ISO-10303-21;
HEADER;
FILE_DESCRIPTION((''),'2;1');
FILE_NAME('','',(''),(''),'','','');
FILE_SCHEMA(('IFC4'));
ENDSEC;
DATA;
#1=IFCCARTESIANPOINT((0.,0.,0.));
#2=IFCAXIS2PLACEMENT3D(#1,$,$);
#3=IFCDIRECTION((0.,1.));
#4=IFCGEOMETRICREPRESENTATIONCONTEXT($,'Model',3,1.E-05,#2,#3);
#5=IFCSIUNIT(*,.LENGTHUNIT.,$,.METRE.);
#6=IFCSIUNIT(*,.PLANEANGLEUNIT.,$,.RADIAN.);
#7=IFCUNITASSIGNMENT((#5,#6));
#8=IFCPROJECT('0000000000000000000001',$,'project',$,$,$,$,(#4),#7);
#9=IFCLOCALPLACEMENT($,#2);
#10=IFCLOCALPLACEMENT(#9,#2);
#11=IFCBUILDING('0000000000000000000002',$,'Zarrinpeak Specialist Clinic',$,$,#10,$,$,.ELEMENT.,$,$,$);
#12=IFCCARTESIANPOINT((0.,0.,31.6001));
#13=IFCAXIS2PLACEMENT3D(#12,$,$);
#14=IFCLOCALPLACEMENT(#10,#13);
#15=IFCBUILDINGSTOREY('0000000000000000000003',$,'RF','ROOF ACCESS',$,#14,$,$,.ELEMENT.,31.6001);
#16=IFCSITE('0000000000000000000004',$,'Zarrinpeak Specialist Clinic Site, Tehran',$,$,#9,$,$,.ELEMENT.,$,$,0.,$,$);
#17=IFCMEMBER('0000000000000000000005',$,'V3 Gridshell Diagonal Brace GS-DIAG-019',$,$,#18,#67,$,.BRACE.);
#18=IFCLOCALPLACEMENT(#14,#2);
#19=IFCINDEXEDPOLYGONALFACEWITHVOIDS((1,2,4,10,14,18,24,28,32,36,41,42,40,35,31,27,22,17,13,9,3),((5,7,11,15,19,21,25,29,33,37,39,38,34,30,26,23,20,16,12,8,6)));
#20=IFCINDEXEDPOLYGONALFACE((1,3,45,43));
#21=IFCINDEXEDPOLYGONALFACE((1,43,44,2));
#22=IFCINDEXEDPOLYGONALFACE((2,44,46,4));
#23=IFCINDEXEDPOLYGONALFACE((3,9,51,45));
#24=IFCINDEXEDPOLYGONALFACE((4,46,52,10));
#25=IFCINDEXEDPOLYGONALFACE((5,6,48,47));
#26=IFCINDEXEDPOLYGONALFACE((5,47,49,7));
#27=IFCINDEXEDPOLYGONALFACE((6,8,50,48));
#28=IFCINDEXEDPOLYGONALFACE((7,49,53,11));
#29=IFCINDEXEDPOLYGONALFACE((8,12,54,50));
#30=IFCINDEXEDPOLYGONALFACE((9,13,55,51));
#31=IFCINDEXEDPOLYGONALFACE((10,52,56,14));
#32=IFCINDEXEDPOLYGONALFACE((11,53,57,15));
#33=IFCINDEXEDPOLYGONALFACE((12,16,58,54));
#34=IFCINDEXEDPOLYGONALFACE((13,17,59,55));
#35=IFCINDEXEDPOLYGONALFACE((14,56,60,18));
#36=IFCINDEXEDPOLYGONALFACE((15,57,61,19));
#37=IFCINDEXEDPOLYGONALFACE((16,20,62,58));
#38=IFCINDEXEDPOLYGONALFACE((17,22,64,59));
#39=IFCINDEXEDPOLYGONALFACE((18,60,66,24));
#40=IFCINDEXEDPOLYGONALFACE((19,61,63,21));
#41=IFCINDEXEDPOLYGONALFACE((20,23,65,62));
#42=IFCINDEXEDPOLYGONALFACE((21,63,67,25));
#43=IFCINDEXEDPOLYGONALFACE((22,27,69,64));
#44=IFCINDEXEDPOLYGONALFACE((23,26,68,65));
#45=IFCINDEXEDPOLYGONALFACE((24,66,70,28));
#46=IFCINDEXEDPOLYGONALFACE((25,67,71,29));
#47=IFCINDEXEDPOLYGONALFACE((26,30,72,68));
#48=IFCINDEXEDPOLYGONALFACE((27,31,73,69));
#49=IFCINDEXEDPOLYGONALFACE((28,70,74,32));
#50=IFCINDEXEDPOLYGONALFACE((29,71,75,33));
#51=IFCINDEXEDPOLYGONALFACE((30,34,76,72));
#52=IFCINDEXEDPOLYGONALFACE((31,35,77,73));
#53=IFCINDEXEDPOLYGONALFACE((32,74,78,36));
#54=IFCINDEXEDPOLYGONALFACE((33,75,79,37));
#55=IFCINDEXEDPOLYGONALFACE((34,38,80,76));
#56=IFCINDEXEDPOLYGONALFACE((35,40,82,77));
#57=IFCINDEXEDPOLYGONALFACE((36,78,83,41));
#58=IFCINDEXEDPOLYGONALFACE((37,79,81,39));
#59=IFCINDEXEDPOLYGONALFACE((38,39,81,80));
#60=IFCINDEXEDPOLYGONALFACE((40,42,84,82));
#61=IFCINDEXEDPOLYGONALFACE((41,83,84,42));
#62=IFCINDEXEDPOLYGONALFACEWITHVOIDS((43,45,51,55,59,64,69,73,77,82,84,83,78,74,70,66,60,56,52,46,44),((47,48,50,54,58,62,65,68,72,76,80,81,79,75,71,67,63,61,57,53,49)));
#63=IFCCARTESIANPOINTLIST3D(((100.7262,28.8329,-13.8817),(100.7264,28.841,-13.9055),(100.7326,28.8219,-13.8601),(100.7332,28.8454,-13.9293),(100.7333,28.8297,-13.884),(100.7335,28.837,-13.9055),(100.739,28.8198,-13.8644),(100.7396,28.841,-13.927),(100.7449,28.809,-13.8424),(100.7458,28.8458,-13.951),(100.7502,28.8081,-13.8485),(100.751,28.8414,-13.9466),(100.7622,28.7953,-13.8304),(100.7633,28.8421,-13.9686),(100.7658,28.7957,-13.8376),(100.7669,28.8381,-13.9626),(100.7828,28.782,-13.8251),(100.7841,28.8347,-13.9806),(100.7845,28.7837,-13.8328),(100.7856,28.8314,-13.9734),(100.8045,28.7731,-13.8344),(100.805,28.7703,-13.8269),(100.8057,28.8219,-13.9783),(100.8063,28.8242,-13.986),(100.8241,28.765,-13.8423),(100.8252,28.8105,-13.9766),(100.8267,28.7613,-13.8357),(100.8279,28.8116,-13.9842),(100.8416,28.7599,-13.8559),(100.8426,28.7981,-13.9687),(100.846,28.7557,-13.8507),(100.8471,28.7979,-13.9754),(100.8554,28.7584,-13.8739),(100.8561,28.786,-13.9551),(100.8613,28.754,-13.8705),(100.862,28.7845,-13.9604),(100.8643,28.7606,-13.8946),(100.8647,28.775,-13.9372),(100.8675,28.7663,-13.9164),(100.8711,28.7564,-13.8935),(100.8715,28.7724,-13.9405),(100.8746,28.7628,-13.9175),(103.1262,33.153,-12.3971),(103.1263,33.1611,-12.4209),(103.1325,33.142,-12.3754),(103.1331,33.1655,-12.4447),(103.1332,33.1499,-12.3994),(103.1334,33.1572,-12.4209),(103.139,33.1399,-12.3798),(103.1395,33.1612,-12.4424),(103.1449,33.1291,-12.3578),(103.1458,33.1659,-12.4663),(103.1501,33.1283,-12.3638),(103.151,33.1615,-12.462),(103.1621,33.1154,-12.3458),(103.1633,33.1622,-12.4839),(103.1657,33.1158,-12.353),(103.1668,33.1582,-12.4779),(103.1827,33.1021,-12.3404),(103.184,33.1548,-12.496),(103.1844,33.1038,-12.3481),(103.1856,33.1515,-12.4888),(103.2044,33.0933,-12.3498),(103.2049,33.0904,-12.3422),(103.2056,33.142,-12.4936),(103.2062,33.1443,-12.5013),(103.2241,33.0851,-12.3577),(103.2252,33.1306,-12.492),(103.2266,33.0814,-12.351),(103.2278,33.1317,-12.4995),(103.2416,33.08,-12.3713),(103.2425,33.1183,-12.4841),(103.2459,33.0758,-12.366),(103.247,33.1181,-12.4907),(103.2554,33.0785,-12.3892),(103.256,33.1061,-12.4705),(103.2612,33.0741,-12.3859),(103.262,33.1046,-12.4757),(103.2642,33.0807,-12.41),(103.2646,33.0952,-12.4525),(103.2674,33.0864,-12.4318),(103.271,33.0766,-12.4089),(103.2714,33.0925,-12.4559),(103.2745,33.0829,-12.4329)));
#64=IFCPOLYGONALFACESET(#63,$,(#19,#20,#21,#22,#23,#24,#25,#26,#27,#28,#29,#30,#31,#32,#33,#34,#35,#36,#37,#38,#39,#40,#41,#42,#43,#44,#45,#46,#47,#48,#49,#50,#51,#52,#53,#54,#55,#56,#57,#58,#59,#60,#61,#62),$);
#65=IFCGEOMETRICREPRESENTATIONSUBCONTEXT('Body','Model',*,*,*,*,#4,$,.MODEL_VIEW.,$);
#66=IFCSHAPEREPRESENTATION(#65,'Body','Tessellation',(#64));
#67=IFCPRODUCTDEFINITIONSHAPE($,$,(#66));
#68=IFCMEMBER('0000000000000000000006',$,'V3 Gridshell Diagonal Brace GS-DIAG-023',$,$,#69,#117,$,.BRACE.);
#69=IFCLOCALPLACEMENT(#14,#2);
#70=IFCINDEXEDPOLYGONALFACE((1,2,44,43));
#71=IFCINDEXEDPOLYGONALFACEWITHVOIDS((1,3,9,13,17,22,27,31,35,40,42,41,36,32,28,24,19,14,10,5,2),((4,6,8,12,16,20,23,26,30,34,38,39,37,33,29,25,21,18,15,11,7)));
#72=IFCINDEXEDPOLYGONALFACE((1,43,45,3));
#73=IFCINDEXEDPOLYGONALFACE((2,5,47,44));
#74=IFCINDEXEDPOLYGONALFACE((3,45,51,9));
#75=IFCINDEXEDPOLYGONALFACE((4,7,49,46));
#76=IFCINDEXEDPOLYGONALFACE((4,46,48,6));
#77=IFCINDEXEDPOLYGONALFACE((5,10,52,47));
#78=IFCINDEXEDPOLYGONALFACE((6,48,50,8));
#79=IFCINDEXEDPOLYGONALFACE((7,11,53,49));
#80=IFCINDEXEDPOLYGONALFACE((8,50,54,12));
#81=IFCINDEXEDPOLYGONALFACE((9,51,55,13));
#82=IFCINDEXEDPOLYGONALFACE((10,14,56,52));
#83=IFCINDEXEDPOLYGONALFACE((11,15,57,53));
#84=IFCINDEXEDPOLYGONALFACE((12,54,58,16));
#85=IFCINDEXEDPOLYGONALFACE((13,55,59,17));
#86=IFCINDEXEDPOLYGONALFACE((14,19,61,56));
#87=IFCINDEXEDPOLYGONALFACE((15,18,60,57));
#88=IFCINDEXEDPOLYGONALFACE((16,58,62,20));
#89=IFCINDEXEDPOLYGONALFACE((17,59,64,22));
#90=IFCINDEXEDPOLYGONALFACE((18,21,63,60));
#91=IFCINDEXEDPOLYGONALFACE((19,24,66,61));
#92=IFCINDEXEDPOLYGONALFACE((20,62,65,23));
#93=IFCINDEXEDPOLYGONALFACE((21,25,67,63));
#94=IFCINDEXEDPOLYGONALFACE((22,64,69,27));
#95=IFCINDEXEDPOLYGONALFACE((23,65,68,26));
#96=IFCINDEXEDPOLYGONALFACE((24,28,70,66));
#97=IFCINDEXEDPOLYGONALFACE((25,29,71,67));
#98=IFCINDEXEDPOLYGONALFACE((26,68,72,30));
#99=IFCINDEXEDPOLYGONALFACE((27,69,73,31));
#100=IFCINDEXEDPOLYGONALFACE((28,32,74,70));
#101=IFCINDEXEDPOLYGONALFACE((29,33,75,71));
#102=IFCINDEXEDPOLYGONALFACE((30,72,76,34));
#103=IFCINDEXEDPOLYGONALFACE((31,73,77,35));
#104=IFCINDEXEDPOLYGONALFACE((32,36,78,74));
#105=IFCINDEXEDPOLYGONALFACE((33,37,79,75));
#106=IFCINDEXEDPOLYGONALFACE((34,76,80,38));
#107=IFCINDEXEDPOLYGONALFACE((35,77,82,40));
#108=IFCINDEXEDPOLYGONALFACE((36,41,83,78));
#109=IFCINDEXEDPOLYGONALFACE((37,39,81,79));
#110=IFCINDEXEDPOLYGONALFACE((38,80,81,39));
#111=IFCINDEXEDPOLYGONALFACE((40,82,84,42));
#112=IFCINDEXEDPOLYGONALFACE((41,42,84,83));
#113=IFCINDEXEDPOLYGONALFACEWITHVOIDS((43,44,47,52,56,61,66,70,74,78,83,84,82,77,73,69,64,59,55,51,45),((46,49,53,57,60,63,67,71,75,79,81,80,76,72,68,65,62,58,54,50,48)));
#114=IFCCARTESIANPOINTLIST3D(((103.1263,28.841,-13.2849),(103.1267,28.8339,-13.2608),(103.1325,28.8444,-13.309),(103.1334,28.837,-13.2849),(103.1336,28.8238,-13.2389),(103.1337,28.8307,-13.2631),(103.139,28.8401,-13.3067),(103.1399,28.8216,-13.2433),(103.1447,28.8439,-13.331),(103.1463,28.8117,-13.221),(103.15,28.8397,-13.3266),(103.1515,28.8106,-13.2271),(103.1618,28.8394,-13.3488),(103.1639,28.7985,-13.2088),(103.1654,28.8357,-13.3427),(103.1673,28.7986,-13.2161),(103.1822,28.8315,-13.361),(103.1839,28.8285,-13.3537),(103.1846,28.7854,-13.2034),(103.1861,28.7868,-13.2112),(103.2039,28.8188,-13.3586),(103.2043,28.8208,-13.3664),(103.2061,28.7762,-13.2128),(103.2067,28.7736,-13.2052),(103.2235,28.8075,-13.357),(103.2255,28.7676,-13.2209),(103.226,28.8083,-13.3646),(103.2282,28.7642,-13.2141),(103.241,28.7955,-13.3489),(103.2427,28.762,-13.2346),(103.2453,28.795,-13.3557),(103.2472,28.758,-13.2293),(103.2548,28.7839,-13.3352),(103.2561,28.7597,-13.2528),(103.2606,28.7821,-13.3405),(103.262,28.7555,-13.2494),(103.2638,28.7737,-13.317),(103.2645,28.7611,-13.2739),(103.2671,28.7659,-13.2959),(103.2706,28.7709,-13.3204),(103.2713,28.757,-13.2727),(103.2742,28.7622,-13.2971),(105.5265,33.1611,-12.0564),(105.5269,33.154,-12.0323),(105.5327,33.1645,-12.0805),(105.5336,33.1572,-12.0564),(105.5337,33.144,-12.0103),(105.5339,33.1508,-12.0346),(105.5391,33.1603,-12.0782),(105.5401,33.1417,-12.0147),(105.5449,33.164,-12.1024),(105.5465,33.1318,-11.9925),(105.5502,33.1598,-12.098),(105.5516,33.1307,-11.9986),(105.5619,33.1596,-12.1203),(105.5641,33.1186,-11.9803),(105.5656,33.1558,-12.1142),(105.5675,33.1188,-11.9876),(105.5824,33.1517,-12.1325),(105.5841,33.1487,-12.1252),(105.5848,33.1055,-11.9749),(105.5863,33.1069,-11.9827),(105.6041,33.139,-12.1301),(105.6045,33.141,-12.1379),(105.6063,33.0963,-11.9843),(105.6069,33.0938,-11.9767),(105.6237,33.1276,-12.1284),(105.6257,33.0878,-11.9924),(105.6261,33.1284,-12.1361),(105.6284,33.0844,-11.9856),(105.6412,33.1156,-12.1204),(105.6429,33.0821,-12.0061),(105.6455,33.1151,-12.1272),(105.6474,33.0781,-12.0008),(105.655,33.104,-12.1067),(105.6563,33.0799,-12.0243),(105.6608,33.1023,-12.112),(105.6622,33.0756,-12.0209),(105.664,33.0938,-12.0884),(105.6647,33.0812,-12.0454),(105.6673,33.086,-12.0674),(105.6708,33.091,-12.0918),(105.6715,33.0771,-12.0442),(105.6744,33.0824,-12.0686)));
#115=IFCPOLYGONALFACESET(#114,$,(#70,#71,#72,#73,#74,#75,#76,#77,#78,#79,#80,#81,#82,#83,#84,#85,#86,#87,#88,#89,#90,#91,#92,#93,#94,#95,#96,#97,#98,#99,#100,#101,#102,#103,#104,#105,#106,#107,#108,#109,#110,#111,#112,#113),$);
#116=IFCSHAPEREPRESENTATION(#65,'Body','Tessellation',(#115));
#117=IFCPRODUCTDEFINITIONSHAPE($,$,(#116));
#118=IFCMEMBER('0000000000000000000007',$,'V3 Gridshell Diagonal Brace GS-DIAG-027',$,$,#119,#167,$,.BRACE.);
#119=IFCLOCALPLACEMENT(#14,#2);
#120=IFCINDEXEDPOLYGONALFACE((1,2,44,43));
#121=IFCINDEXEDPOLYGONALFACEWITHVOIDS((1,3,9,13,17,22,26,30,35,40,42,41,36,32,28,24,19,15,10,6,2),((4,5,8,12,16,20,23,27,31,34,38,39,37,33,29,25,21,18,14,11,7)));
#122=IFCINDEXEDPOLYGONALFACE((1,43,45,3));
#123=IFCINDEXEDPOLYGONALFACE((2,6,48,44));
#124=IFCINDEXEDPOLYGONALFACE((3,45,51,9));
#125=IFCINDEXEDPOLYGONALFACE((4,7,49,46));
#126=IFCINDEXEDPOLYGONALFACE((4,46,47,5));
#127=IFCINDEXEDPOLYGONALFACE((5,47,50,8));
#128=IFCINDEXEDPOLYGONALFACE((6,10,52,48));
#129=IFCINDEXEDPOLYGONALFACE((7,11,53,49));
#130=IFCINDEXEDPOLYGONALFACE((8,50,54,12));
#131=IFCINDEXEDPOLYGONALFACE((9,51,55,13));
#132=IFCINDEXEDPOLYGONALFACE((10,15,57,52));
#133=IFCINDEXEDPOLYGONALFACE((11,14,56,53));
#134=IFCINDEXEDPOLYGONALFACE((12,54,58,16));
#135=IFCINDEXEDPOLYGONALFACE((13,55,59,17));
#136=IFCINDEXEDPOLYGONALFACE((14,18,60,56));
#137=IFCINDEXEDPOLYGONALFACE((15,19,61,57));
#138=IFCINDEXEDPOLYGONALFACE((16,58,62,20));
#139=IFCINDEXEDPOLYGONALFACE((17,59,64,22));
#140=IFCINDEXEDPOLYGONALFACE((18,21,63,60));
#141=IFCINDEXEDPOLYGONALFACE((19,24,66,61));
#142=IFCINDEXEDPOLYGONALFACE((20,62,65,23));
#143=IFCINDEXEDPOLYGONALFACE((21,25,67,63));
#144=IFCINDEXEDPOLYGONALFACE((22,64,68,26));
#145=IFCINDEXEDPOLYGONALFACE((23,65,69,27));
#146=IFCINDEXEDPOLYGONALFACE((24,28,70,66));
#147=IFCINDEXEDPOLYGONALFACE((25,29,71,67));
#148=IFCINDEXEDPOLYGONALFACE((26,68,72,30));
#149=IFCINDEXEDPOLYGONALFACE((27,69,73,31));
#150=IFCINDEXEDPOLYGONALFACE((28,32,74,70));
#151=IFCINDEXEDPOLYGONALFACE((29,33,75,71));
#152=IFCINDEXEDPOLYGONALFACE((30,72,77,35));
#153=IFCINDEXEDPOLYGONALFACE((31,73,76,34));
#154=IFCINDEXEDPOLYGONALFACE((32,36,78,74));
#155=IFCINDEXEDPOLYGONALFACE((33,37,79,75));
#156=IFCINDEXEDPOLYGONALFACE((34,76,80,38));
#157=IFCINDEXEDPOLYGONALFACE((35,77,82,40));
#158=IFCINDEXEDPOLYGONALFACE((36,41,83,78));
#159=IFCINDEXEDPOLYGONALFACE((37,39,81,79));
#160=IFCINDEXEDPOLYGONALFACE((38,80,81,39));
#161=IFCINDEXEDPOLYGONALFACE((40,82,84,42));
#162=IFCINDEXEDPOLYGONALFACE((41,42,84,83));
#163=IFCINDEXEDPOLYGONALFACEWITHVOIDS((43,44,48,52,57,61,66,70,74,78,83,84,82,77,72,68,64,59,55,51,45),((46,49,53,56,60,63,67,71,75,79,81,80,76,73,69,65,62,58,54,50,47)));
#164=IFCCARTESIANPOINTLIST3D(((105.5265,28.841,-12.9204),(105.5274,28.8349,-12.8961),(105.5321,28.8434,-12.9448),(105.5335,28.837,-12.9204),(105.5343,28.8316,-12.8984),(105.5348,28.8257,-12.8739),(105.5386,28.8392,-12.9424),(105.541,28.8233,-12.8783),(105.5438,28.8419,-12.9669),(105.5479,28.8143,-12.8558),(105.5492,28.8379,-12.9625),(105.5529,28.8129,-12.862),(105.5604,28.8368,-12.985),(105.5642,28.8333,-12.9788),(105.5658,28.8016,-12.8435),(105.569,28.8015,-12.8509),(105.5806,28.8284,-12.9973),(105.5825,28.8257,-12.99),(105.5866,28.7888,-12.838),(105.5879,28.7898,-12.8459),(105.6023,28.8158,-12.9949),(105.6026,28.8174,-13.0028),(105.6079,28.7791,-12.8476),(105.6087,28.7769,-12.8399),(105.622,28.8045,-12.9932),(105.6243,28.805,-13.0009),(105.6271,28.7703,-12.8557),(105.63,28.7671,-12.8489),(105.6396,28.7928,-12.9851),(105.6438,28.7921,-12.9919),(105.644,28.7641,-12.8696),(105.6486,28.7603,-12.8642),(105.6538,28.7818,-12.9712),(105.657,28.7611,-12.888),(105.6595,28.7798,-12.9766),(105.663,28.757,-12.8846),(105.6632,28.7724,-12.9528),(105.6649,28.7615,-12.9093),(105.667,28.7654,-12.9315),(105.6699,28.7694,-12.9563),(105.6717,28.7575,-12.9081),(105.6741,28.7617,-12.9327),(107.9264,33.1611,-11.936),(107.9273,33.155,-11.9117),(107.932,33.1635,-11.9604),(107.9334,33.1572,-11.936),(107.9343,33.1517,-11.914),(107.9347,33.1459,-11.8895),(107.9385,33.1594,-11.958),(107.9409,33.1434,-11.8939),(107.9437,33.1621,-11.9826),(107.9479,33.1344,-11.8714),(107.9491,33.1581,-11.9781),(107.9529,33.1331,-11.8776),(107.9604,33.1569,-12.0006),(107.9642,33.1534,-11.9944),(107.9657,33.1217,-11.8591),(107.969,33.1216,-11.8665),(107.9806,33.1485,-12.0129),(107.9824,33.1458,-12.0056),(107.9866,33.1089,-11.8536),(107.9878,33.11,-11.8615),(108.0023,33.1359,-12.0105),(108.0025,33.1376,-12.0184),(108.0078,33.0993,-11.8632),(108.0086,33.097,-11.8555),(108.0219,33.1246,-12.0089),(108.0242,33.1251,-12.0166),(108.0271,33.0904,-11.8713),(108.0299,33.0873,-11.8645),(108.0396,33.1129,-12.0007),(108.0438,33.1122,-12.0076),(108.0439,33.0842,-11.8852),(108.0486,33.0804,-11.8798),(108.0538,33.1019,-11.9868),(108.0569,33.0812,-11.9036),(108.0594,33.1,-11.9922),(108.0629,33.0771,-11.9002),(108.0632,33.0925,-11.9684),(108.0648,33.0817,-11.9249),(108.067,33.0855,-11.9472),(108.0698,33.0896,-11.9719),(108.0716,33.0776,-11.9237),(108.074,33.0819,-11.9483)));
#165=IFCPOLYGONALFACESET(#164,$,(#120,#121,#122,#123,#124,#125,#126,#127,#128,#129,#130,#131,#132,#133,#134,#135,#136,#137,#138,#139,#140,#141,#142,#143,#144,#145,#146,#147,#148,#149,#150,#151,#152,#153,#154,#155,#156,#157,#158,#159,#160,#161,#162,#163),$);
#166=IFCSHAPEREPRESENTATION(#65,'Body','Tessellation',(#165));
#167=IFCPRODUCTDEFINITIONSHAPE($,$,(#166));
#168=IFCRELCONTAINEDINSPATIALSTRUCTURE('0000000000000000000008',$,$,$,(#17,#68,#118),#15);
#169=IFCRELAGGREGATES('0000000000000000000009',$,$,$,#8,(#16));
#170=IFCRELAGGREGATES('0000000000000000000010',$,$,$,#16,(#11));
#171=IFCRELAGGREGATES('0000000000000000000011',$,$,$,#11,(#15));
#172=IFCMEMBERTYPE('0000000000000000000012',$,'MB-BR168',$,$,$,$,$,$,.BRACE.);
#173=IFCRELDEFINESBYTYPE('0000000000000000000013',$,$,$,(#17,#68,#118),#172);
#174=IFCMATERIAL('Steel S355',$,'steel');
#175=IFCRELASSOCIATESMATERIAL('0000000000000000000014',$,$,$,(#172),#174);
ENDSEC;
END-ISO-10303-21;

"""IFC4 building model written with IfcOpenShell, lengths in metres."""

from ifc_helpers import new_model, si_unit, direction, frame, origin, origin_2d, place, context, subcontext, project, spatial, hollow_circle, extrude, material, material_profile, profile_set, type_object, element, save


model = new_model("IFC4")

# Units and contexts
model_context = context("Model", 3, precision=1e-05, world=origin(), true_north=direction((0.0, 1.0)))
body_context = subcontext(model_context, "Body", "Model", "MODEL_VIEW")
ifc_project = project(units=[si_unit("LENGTHUNIT", "METRE"), si_unit("PLANEANGLEUNIT", "RADIAN")], contexts=[model_context])

# Site, building, storey
site_placement = place(None, origin())
site = spatial("IfcSite", under=ifc_project, at=site_placement, Name="Zarrinpeak Specialist Clinic Site, Tehran", CompositionType="ELEMENT", RefElevation=0.0)
building_placement = place(site_placement, origin())
building = spatial("IfcBuilding", under=site, at=building_placement, Name="Zarrinpeak Specialist Clinic", CompositionType="ELEMENT")
storey_placement = place(building_placement, frame((0.0, 0.0, 31.6001)))
storey = spatial("IfcBuildingStorey", under=building, at=storey_placement, Name="RF", Description="ROOF ACCESS", CompositionType="ELEMENT", Elevation=31.6001)

# Members
ifc_material_1 = material(Name="Steel S355", Category="steel")
ifc_material_profile_1 = material_profile(ifc_material_1, hollow_circle(Radius=0.0842, WallThickness=0.0081, at=origin_2d()), Name="CHS 168.3x8.0")
ifc_profile_set_1 = profile_set([ifc_material_profile_1], Name="Steel S355")
member_type_1 = type_object("IfcMemberType", Name="MB-BR168", PredefinedType="BRACE", material=ifc_profile_set_1)
member_1_placement = place(storey_placement, frame((100.8, 28.8, -13.9055), z_axis=(0.465088, 0.837207, 0.287711), x_axis=(-0.874169, 0.485622, 0.0)))
element("IfcMember", 1, at=member_1_placement, inside=storey, type_object=member_type_1, Name="V3 Gridshell Diagonal Brace GS-DIAG-019", PredefinedType="BRACE", context=body_context, shape_type="SweptSolid", body=[
    extrude(hollow_circle(Radius=0.0842, WallThickness=0.0081, at=origin_2d()), origin(), (0.0, 0.0, 1.0), 5.1602),
])
member_2_placement = place(storey_placement, frame((103.2, 28.8, -13.2849), z_axis=(0.471316, 0.84833, 0.241243), x_axis=(-0.874148, 0.48566, 0.0)))
element("IfcMember", 2, at=member_2_placement, inside=storey, type_object=member_type_1, Name="V3 Gridshell Diagonal Brace GS-DIAG-023", PredefinedType="BRACE", context=body_context, shape_type="SweptSolid", body=[
    extrude(hollow_circle(Radius=0.0842, WallThickness=0.0081, at=origin_2d()), origin(), (0.0, 0.0, 1.0), 5.0925),
])
member_3_placement = place(storey_placement, frame((105.6001, 28.8, -12.9204), z_axis=(0.476266, 0.857327, 0.195351), x_axis=(-0.874169, 0.485622, 0.0)))
element("IfcMember", 3, at=member_3_placement, inside=storey, type_object=member_type_1, Name="V3 Gridshell Diagonal Brace GS-DIAG-027", PredefinedType="BRACE", context=body_context, shape_type="SweptSolid", body=[
    extrude(hollow_circle(Radius=0.0842, WallThickness=0.0081, at=origin_2d()), origin(), (0.0, 0.0, 1.0), 5.0391),
])

save(model, "model.ifc")
